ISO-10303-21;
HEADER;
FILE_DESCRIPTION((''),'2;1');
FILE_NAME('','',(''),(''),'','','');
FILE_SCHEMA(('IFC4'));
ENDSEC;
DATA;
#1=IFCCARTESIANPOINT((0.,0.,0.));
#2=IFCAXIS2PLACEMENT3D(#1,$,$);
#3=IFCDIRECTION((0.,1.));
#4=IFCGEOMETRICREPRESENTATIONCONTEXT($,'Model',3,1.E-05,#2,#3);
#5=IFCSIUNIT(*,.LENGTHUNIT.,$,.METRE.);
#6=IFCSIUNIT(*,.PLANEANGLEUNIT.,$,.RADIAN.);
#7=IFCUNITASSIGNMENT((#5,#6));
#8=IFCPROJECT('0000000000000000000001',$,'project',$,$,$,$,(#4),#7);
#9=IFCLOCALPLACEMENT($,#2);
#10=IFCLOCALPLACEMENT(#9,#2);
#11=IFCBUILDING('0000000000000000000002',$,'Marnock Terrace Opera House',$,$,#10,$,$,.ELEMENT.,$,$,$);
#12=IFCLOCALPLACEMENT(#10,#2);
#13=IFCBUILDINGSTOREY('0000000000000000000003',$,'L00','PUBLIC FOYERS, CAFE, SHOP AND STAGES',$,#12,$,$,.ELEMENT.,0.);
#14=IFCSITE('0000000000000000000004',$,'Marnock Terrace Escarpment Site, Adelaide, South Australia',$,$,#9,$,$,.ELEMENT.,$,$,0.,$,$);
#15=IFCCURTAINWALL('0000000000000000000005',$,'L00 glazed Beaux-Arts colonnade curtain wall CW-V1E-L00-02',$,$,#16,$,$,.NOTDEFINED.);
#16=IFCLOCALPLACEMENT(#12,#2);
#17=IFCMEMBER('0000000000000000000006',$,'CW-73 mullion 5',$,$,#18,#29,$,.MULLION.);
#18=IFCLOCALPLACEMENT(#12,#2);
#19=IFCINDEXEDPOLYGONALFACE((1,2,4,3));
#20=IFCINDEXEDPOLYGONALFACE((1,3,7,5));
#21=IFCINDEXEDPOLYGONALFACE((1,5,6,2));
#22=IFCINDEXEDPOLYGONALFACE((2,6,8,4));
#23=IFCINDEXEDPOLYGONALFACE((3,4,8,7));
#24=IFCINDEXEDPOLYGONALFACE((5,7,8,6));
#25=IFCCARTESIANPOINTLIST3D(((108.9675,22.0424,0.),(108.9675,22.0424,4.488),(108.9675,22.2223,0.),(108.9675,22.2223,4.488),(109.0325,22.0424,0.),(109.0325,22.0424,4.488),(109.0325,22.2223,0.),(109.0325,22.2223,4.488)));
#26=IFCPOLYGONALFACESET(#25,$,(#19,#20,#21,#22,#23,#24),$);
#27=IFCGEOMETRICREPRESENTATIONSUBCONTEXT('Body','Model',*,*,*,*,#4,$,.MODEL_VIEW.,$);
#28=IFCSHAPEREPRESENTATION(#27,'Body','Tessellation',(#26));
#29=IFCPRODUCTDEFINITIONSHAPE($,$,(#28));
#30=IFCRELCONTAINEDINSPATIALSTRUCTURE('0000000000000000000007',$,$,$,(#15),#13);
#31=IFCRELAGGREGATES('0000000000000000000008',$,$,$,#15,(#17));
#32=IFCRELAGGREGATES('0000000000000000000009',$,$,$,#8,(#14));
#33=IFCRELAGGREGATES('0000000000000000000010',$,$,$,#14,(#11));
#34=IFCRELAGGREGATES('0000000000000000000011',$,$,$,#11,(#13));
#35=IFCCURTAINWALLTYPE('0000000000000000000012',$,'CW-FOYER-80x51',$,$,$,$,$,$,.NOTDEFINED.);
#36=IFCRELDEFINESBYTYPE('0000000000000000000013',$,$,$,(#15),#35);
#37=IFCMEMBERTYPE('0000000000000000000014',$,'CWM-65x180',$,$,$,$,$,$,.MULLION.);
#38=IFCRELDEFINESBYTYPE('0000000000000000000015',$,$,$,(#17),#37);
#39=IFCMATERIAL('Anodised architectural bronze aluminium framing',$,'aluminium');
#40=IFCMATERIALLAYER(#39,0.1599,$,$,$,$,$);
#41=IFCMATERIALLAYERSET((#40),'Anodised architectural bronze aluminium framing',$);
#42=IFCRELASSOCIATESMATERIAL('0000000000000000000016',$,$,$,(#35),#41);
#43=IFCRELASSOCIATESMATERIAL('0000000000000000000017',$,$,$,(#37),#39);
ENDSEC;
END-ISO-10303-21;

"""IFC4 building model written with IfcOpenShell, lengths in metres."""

from ifc_helpers import new_model, si_unit, direction, frame, origin, origin_2d, place, context, subcontext, project, spatial, rectangle, extrude, material, layer, layer_set, material_profile, profile_set, type_object, element, aggregate, save


model = new_model("IFC4")

# Units and contexts
model_context = context("Model", 3, precision=1e-05, world=origin(), true_north=direction((0.0, 1.0)))
body_context = subcontext(model_context, "Body", "Model", "MODEL_VIEW")
ifc_project = project(units=[si_unit("LENGTHUNIT", "METRE"), si_unit("PLANEANGLEUNIT", "RADIAN")], contexts=[model_context])

# Site, building, storey
site_placement = place(None, origin())
site = spatial("IfcSite", under=ifc_project, at=site_placement, Name="Marnock Terrace Escarpment Site, Adelaide, South Australia", CompositionType="ELEMENT", RefElevation=0.0)
building_placement = place(site_placement, origin())
building = spatial("IfcBuilding", under=site, at=building_placement, Name="Marnock Terrace Opera House", CompositionType="ELEMENT")
storey_placement = place(building_placement, origin())
storey = spatial("IfcBuildingStorey", under=building, at=storey_placement, Name="L00", Description="PUBLIC FOYERS, CAFE, SHOP AND STAGES", CompositionType="ELEMENT", Elevation=0.0)

# Curtain wall, member
ifc_material_1 = material(Name="Anodised architectural bronze aluminium framing", Category="aluminium")
ifc_layer = layer(ifc_material_1, 0.1599)
ifc_layer_set = layer_set([ifc_layer], Name="Anodised architectural bronze aluminium framing")
curtain_wall_type = type_object("IfcCurtainWallType", Name="CW-FOYER-80x51", PredefinedType="NOTDEFINED", material=ifc_layer_set)
curtain_wall_placement = place(storey_placement, origin())
curtain_wall = element("IfcCurtainWall", 1, at=curtain_wall_placement, inside=storey, type_object=curtain_wall_type, Name="L00 glazed Beaux-Arts colonnade curtain wall CW-V1E-L00-02", PredefinedType="NOTDEFINED")
ifc_material_profile_1 = material_profile(ifc_material_1, rectangle(XDim=0.0649, YDim=0.1799, at=origin_2d()))
ifc_profile_set_1 = profile_set([ifc_material_profile_1], Name="Anodised architectural bronze aluminium framing")
member_type = type_object("IfcMemberType", Name="CWM-65x180", PredefinedType="MULLION", material=ifc_profile_set_1)
member_placement = place(storey_placement, frame((109.0, 22.1323, 0.0), z_axis=(0.0, 0.0, 1.0), x_axis=(-1.0, 0.0, 0.0)))
member = element("IfcMember", 2, at=member_placement, type_object=member_type, Name="CW-73 mullion 5", PredefinedType="MULLION", context=body_context, shape_type="SweptSolid", body=[
    extrude(rectangle(XDim=0.0649, YDim=0.1799, at=origin_2d()), origin(), (0.0, 0.0, 1.0), 4.488),
])
aggregate(curtain_wall, [member])

save(model, "model.ifc")
